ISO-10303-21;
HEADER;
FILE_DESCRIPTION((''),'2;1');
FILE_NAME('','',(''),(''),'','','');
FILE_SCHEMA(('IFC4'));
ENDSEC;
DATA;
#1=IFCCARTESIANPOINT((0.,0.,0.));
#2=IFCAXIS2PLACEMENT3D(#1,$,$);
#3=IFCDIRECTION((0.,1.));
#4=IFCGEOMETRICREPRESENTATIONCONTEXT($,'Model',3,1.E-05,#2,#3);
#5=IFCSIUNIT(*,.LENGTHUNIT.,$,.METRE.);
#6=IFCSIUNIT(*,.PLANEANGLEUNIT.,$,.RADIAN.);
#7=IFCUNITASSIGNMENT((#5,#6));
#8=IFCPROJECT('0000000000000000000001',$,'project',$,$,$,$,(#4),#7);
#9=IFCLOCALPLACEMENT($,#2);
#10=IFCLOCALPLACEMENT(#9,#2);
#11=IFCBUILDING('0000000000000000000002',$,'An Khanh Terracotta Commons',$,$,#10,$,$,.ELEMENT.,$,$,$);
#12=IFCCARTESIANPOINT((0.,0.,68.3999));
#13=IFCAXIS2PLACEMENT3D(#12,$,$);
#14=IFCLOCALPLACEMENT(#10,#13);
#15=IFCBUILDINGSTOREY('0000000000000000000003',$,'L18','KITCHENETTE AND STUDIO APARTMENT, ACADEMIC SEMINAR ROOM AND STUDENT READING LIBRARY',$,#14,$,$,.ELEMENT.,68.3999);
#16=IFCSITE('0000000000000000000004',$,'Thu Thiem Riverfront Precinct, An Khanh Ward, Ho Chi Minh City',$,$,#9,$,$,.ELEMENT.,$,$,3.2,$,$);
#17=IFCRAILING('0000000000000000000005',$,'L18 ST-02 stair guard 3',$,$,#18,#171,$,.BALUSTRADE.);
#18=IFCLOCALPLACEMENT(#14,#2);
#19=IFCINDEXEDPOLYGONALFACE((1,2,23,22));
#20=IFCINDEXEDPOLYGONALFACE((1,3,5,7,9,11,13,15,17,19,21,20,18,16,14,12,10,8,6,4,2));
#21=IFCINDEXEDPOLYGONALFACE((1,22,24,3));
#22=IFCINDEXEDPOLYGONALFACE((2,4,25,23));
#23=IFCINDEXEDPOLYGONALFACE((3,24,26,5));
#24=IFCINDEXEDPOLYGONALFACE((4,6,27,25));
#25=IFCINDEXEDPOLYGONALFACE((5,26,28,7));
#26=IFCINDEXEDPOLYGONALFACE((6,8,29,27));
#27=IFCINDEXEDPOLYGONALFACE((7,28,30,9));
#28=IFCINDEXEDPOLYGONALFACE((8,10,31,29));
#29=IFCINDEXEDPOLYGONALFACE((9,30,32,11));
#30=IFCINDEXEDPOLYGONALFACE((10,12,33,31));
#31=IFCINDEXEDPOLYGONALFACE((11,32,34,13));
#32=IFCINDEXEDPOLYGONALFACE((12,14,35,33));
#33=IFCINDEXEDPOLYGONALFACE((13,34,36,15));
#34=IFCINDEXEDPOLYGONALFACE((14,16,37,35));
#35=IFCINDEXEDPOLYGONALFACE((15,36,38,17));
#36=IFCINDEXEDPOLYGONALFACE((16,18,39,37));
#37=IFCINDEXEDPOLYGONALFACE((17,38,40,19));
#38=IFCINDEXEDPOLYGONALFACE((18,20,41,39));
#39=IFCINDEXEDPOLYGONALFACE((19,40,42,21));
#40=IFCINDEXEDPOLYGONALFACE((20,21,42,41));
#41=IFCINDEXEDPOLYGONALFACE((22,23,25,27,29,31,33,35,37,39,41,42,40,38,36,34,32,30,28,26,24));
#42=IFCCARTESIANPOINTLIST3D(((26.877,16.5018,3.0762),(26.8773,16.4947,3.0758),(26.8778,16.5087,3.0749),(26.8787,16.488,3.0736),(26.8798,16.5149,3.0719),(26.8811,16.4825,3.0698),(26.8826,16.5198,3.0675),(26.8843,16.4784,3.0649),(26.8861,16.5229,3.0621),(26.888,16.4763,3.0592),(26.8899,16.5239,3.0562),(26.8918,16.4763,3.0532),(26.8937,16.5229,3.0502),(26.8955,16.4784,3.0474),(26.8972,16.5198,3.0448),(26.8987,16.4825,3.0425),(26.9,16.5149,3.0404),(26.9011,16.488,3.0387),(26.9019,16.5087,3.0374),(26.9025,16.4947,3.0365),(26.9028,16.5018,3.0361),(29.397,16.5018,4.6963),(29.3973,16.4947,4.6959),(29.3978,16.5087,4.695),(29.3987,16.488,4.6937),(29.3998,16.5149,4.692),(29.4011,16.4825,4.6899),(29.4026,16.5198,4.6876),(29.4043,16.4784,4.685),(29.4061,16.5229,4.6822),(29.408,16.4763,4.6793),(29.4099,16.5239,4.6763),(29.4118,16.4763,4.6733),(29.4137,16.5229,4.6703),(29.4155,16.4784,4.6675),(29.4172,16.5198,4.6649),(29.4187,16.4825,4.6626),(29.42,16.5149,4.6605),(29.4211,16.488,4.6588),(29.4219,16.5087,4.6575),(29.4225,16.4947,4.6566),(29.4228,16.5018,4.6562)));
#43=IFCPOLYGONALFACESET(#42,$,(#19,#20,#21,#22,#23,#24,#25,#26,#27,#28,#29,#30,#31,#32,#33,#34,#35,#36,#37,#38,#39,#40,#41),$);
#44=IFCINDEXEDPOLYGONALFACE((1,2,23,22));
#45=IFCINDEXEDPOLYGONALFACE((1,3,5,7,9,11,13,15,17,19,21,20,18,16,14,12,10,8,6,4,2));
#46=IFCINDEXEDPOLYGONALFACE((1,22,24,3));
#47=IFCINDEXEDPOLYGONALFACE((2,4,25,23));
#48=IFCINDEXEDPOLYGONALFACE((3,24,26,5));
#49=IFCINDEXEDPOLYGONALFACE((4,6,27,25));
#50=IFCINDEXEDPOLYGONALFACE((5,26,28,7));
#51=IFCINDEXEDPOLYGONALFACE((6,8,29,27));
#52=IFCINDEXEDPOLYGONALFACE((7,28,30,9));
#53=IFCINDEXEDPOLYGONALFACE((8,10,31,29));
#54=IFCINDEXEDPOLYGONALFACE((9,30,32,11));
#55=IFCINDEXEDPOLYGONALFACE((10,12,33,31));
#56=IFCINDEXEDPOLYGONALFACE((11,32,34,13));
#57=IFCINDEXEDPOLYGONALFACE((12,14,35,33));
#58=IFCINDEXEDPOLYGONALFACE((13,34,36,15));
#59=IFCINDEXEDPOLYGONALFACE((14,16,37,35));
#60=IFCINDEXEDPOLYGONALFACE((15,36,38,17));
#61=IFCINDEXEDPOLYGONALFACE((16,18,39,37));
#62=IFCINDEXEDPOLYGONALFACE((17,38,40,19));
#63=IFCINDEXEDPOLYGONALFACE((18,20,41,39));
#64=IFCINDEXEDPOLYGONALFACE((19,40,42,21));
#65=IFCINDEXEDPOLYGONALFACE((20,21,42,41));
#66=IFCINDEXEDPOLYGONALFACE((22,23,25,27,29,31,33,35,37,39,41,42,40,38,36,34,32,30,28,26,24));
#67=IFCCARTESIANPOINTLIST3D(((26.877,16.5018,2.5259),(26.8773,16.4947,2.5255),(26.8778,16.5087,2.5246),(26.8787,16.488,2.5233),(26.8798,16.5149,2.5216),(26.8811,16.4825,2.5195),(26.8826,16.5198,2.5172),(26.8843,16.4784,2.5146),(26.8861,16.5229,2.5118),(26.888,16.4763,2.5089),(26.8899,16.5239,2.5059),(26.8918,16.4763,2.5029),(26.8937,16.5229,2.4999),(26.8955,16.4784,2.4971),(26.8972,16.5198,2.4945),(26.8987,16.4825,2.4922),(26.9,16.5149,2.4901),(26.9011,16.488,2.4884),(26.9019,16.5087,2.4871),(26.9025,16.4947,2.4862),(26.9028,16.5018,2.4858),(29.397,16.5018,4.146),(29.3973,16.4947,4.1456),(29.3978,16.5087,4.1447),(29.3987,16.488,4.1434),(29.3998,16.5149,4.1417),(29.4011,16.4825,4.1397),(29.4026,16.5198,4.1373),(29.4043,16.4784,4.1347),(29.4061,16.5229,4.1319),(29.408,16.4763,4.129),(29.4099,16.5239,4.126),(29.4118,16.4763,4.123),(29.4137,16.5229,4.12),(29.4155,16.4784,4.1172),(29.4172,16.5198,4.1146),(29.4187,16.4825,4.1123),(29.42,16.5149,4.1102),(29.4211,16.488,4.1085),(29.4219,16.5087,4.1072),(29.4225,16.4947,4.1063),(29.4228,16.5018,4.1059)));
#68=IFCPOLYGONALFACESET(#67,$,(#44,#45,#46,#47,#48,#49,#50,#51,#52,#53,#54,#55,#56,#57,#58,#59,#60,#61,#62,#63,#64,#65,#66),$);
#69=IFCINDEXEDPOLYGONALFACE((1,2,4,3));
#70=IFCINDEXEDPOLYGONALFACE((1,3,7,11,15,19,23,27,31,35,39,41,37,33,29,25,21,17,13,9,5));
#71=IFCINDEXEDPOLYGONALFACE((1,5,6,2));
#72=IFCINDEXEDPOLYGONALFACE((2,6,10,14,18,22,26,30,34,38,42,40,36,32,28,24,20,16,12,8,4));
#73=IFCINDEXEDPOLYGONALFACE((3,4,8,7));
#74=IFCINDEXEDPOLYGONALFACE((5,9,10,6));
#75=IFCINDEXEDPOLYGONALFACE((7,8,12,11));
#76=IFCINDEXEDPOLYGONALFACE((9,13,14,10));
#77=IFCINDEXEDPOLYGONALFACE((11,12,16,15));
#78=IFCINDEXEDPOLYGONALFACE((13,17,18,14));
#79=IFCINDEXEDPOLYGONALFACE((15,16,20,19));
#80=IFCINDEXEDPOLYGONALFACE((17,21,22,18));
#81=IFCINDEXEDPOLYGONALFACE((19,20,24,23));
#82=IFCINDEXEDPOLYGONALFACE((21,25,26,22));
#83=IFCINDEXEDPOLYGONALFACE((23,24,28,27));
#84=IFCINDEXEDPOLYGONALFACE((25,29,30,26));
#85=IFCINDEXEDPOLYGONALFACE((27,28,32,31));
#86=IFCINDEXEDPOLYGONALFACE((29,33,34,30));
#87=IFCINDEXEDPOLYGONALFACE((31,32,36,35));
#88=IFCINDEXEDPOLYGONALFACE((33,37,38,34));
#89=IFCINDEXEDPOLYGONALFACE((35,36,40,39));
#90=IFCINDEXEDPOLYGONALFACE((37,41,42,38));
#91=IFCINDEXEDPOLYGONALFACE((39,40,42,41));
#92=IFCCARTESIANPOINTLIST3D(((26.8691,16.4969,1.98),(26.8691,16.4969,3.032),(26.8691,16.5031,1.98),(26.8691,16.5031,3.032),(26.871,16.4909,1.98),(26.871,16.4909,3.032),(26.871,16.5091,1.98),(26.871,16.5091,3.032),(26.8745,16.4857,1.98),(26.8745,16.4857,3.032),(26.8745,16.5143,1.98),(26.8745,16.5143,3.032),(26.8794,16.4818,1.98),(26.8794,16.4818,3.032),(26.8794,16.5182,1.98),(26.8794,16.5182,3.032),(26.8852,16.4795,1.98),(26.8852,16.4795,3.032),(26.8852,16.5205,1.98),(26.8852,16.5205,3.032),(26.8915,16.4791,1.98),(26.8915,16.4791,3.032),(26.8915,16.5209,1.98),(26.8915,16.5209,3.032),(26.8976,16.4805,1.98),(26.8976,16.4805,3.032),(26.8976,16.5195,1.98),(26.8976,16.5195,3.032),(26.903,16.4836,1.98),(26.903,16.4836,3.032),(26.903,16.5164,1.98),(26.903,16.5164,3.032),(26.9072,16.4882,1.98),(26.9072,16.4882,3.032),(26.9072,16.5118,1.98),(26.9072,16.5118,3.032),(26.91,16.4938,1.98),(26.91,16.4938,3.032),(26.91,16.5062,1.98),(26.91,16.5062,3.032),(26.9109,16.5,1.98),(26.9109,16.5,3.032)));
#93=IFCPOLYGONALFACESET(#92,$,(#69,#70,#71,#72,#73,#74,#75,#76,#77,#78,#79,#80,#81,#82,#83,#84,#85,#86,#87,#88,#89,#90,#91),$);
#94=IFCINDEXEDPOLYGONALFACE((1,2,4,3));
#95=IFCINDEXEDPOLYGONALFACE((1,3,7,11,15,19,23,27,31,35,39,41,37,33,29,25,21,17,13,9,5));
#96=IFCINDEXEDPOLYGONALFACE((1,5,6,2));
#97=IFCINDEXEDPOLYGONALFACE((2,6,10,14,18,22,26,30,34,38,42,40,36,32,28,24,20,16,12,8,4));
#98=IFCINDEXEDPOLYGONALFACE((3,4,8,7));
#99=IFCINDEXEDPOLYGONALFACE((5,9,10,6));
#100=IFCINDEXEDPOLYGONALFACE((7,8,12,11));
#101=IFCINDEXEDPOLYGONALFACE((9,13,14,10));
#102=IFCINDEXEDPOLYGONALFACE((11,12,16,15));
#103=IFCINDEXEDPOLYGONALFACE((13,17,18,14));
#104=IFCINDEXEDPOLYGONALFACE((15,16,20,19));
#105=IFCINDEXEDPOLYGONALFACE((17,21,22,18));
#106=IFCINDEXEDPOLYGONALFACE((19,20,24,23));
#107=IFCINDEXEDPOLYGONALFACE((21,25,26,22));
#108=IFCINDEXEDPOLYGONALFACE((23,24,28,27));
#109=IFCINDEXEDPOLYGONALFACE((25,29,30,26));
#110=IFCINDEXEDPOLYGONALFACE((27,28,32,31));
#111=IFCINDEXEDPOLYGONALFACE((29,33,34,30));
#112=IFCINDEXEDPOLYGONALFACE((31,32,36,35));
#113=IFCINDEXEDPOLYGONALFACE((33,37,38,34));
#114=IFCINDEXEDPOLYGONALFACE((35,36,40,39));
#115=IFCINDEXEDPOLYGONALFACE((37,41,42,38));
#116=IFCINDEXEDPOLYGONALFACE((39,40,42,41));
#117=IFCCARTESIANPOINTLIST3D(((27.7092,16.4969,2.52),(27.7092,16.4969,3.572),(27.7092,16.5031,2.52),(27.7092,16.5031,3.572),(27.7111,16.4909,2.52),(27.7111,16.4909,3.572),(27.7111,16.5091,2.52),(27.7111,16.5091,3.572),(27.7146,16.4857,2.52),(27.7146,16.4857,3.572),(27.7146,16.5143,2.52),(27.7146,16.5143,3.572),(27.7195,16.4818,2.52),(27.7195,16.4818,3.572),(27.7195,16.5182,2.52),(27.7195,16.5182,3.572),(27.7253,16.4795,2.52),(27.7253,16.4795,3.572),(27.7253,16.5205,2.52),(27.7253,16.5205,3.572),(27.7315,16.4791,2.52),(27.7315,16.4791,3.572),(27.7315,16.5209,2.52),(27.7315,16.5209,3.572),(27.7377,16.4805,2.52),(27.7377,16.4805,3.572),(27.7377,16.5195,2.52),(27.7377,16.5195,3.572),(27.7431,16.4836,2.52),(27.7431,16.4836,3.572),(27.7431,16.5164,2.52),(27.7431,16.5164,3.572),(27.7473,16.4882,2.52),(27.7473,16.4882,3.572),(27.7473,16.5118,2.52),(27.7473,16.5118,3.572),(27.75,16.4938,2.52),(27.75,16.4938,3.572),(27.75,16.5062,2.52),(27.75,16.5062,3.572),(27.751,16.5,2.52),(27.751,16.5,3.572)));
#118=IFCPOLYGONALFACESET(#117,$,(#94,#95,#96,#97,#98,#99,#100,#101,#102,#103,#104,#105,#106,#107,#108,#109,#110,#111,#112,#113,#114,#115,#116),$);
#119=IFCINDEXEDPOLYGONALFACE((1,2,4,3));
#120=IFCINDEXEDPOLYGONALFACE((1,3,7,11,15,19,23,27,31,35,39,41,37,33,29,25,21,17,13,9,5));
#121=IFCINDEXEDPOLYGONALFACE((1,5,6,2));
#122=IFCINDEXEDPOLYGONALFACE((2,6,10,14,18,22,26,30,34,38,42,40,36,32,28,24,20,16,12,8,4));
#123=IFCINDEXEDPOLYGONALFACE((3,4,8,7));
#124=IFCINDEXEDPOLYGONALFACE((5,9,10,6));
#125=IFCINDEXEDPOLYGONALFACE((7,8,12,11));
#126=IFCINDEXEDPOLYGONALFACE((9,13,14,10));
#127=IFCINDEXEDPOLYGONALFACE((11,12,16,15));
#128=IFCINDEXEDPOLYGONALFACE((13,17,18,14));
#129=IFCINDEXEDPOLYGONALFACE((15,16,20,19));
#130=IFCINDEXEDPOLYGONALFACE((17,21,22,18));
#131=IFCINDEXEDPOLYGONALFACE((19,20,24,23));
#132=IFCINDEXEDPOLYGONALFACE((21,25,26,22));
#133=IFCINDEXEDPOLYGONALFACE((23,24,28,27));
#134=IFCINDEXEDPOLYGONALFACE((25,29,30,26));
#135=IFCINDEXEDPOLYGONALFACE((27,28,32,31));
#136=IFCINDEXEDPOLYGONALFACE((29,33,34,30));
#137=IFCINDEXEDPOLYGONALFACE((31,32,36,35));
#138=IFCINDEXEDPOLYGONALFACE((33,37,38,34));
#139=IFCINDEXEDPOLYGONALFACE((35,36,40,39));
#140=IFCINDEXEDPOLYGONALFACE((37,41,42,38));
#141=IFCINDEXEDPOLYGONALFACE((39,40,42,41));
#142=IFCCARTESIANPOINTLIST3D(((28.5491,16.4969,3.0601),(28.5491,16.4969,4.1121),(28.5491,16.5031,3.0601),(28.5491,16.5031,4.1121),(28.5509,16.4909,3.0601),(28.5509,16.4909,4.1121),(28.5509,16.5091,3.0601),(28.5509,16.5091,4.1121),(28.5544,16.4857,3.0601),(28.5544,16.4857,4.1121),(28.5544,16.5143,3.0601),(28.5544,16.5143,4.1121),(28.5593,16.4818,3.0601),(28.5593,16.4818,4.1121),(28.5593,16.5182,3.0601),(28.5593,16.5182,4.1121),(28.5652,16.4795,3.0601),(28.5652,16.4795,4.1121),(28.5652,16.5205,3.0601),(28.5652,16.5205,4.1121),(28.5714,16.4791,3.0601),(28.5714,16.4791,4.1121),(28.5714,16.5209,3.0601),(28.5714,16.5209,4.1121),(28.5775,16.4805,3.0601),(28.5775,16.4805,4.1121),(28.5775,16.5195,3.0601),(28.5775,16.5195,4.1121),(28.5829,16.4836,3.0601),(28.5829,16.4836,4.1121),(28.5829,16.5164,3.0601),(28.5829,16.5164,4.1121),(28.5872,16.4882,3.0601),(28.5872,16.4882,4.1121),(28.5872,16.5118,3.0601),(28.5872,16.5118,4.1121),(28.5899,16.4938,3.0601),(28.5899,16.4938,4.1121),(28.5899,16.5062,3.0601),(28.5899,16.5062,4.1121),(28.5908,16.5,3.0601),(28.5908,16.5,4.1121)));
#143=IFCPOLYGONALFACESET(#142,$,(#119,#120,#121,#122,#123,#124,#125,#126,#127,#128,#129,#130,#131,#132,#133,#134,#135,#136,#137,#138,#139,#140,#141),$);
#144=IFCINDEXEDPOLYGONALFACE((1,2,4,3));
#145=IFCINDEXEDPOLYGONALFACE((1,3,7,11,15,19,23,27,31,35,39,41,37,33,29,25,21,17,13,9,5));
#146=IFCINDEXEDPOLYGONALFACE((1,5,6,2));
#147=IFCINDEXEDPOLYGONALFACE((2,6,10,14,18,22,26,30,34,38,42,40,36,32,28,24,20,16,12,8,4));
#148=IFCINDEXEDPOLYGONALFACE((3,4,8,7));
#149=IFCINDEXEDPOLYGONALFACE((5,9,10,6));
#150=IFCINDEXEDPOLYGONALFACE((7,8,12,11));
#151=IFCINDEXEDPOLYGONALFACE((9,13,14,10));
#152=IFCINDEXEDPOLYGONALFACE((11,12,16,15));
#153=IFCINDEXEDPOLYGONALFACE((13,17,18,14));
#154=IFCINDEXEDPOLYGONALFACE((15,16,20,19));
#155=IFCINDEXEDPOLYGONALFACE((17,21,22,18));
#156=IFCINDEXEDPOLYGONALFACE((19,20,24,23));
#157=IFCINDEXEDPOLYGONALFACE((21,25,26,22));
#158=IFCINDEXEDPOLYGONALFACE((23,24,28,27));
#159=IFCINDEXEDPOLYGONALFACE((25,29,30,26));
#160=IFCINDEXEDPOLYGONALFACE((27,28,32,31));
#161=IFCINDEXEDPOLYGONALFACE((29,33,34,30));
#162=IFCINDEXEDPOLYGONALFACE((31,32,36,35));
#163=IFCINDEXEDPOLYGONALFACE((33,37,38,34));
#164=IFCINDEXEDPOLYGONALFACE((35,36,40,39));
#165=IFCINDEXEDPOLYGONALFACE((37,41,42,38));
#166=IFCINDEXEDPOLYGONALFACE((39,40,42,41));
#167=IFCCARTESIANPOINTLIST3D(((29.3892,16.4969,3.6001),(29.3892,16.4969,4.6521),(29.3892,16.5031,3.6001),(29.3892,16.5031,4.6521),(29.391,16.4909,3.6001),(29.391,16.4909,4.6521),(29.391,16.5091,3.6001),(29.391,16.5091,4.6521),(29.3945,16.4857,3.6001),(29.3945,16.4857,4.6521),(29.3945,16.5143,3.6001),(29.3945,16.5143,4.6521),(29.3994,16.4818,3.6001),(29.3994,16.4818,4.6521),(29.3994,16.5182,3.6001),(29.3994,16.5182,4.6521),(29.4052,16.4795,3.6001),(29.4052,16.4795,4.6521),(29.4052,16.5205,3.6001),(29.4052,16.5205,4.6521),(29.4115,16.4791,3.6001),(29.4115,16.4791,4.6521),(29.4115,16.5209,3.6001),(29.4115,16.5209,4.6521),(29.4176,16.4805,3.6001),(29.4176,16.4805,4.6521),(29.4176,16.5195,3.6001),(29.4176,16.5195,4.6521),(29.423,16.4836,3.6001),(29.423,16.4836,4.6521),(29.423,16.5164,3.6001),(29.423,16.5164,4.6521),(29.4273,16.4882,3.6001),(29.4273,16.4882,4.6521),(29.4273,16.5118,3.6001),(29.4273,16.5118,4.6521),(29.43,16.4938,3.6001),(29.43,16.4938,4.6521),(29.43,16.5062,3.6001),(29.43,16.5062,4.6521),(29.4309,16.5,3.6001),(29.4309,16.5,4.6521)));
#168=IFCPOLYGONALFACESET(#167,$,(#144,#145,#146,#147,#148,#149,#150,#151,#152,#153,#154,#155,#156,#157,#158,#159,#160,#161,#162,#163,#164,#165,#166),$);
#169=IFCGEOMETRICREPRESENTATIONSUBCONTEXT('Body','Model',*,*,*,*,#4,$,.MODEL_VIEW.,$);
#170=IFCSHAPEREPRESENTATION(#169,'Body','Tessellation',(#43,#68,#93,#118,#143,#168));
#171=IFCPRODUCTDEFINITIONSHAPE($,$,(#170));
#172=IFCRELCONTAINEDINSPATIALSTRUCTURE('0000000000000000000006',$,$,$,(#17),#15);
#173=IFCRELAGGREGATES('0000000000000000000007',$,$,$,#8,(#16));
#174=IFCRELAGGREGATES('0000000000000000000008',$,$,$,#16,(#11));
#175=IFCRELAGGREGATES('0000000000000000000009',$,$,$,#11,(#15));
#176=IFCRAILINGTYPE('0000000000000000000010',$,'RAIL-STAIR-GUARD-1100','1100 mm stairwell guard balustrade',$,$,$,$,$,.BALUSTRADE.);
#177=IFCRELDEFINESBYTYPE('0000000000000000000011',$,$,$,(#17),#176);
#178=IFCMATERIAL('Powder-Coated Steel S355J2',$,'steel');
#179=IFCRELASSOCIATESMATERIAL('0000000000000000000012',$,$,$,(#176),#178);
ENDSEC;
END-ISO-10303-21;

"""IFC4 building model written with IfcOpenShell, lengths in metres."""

from ifc_helpers import new_model, si_unit, direction, frame, origin, origin_2d, place, context, subcontext, project, spatial, circle, extrude, material, type_object, element, save


model = new_model("IFC4")

# Units and contexts
model_context = context("Model", 3, precision=1e-05, world=origin(), true_north=direction((0.0, 1.0)))
body_context = subcontext(model_context, "Body", "Model", "MODEL_VIEW")
ifc_project = project(units=[si_unit("LENGTHUNIT", "METRE"), si_unit("PLANEANGLEUNIT", "RADIAN")], contexts=[model_context])

# Site, building, storey
site_placement = place(None, origin())
site = spatial("IfcSite", under=ifc_project, at=site_placement, Name="Thu Thiem Riverfront Precinct, An Khanh Ward, Ho Chi Minh City", CompositionType="ELEMENT", RefElevation=3.2)
building_placement = place(site_placement, origin())
building = spatial("IfcBuilding", under=site, at=building_placement, Name="An Khanh Terracotta Commons", CompositionType="ELEMENT")
storey_placement = place(building_placement, frame((0.0, 0.0, 68.3999)))
storey = spatial("IfcBuildingStorey", under=building, at=storey_placement, Name="L18", Description="KITCHENETTE AND STUDIO APARTMENT, ACADEMIC SEMINAR ROOM AND STUDENT READING LIBRARY", CompositionType="ELEMENT", Elevation=68.3999)

# Railing
ifc_material_1 = material(Name="Powder-Coated Steel S355J2", Category="steel")
railing_type_1 = type_object("IfcRailingType", Name="RAIL-STAIR-GUARD-1100", Description="1100 mm stairwell guard balustrade", PredefinedType="BALUSTRADE", material=ifc_material_1)
railing_1_placement = place(storey_placement, frame((26.8899, 16.5, 1.98)))
element("IfcRailing", 1, at=railing_1_placement, inside=storey, type_object=railing_type_1, Name="L18 ST-02 stair guard 3", PredefinedType="BALUSTRADE", context=body_context, shape_type="SweptSolid", body=[
    extrude(circle(Radius=0.0239, at=origin_2d()), frame((0.0, 0.0, 1.0762), z_axis=(0.841163, 0.0, 0.540782), x_axis=(0.0, 1.0, 0.0)), (0.0, 0.0, 1.0), 2.9958),
    extrude(circle(Radius=0.0239, at=origin_2d()), frame((0.0, 0.0, 0.5259), z_axis=(0.841163, 0.0, 0.540782), x_axis=(0.0, 1.0, 0.0)), (0.0, 0.0, 1.0), 2.9958),
    extrude(circle(Radius=0.021, at=origin_2d()), origin(), (0.0, 0.0, 1.0), 1.052),
    extrude(circle(Radius=0.021, at=origin_2d()), frame((0.8401, 0.0, 0.54)), (0.0, 0.0, 1.0), 1.052),
    extrude(circle(Radius=0.021, at=origin_2d()), frame((1.6799, 0.0, 1.0801)), (0.0, 0.0, 1.0), 1.052),
    extrude(circle(Radius=0.021, at=origin_2d()), frame((2.52, 0.0, 1.6201)), (0.0, 0.0, 1.0), 1.052),
])

save(model, "model.ifc")
